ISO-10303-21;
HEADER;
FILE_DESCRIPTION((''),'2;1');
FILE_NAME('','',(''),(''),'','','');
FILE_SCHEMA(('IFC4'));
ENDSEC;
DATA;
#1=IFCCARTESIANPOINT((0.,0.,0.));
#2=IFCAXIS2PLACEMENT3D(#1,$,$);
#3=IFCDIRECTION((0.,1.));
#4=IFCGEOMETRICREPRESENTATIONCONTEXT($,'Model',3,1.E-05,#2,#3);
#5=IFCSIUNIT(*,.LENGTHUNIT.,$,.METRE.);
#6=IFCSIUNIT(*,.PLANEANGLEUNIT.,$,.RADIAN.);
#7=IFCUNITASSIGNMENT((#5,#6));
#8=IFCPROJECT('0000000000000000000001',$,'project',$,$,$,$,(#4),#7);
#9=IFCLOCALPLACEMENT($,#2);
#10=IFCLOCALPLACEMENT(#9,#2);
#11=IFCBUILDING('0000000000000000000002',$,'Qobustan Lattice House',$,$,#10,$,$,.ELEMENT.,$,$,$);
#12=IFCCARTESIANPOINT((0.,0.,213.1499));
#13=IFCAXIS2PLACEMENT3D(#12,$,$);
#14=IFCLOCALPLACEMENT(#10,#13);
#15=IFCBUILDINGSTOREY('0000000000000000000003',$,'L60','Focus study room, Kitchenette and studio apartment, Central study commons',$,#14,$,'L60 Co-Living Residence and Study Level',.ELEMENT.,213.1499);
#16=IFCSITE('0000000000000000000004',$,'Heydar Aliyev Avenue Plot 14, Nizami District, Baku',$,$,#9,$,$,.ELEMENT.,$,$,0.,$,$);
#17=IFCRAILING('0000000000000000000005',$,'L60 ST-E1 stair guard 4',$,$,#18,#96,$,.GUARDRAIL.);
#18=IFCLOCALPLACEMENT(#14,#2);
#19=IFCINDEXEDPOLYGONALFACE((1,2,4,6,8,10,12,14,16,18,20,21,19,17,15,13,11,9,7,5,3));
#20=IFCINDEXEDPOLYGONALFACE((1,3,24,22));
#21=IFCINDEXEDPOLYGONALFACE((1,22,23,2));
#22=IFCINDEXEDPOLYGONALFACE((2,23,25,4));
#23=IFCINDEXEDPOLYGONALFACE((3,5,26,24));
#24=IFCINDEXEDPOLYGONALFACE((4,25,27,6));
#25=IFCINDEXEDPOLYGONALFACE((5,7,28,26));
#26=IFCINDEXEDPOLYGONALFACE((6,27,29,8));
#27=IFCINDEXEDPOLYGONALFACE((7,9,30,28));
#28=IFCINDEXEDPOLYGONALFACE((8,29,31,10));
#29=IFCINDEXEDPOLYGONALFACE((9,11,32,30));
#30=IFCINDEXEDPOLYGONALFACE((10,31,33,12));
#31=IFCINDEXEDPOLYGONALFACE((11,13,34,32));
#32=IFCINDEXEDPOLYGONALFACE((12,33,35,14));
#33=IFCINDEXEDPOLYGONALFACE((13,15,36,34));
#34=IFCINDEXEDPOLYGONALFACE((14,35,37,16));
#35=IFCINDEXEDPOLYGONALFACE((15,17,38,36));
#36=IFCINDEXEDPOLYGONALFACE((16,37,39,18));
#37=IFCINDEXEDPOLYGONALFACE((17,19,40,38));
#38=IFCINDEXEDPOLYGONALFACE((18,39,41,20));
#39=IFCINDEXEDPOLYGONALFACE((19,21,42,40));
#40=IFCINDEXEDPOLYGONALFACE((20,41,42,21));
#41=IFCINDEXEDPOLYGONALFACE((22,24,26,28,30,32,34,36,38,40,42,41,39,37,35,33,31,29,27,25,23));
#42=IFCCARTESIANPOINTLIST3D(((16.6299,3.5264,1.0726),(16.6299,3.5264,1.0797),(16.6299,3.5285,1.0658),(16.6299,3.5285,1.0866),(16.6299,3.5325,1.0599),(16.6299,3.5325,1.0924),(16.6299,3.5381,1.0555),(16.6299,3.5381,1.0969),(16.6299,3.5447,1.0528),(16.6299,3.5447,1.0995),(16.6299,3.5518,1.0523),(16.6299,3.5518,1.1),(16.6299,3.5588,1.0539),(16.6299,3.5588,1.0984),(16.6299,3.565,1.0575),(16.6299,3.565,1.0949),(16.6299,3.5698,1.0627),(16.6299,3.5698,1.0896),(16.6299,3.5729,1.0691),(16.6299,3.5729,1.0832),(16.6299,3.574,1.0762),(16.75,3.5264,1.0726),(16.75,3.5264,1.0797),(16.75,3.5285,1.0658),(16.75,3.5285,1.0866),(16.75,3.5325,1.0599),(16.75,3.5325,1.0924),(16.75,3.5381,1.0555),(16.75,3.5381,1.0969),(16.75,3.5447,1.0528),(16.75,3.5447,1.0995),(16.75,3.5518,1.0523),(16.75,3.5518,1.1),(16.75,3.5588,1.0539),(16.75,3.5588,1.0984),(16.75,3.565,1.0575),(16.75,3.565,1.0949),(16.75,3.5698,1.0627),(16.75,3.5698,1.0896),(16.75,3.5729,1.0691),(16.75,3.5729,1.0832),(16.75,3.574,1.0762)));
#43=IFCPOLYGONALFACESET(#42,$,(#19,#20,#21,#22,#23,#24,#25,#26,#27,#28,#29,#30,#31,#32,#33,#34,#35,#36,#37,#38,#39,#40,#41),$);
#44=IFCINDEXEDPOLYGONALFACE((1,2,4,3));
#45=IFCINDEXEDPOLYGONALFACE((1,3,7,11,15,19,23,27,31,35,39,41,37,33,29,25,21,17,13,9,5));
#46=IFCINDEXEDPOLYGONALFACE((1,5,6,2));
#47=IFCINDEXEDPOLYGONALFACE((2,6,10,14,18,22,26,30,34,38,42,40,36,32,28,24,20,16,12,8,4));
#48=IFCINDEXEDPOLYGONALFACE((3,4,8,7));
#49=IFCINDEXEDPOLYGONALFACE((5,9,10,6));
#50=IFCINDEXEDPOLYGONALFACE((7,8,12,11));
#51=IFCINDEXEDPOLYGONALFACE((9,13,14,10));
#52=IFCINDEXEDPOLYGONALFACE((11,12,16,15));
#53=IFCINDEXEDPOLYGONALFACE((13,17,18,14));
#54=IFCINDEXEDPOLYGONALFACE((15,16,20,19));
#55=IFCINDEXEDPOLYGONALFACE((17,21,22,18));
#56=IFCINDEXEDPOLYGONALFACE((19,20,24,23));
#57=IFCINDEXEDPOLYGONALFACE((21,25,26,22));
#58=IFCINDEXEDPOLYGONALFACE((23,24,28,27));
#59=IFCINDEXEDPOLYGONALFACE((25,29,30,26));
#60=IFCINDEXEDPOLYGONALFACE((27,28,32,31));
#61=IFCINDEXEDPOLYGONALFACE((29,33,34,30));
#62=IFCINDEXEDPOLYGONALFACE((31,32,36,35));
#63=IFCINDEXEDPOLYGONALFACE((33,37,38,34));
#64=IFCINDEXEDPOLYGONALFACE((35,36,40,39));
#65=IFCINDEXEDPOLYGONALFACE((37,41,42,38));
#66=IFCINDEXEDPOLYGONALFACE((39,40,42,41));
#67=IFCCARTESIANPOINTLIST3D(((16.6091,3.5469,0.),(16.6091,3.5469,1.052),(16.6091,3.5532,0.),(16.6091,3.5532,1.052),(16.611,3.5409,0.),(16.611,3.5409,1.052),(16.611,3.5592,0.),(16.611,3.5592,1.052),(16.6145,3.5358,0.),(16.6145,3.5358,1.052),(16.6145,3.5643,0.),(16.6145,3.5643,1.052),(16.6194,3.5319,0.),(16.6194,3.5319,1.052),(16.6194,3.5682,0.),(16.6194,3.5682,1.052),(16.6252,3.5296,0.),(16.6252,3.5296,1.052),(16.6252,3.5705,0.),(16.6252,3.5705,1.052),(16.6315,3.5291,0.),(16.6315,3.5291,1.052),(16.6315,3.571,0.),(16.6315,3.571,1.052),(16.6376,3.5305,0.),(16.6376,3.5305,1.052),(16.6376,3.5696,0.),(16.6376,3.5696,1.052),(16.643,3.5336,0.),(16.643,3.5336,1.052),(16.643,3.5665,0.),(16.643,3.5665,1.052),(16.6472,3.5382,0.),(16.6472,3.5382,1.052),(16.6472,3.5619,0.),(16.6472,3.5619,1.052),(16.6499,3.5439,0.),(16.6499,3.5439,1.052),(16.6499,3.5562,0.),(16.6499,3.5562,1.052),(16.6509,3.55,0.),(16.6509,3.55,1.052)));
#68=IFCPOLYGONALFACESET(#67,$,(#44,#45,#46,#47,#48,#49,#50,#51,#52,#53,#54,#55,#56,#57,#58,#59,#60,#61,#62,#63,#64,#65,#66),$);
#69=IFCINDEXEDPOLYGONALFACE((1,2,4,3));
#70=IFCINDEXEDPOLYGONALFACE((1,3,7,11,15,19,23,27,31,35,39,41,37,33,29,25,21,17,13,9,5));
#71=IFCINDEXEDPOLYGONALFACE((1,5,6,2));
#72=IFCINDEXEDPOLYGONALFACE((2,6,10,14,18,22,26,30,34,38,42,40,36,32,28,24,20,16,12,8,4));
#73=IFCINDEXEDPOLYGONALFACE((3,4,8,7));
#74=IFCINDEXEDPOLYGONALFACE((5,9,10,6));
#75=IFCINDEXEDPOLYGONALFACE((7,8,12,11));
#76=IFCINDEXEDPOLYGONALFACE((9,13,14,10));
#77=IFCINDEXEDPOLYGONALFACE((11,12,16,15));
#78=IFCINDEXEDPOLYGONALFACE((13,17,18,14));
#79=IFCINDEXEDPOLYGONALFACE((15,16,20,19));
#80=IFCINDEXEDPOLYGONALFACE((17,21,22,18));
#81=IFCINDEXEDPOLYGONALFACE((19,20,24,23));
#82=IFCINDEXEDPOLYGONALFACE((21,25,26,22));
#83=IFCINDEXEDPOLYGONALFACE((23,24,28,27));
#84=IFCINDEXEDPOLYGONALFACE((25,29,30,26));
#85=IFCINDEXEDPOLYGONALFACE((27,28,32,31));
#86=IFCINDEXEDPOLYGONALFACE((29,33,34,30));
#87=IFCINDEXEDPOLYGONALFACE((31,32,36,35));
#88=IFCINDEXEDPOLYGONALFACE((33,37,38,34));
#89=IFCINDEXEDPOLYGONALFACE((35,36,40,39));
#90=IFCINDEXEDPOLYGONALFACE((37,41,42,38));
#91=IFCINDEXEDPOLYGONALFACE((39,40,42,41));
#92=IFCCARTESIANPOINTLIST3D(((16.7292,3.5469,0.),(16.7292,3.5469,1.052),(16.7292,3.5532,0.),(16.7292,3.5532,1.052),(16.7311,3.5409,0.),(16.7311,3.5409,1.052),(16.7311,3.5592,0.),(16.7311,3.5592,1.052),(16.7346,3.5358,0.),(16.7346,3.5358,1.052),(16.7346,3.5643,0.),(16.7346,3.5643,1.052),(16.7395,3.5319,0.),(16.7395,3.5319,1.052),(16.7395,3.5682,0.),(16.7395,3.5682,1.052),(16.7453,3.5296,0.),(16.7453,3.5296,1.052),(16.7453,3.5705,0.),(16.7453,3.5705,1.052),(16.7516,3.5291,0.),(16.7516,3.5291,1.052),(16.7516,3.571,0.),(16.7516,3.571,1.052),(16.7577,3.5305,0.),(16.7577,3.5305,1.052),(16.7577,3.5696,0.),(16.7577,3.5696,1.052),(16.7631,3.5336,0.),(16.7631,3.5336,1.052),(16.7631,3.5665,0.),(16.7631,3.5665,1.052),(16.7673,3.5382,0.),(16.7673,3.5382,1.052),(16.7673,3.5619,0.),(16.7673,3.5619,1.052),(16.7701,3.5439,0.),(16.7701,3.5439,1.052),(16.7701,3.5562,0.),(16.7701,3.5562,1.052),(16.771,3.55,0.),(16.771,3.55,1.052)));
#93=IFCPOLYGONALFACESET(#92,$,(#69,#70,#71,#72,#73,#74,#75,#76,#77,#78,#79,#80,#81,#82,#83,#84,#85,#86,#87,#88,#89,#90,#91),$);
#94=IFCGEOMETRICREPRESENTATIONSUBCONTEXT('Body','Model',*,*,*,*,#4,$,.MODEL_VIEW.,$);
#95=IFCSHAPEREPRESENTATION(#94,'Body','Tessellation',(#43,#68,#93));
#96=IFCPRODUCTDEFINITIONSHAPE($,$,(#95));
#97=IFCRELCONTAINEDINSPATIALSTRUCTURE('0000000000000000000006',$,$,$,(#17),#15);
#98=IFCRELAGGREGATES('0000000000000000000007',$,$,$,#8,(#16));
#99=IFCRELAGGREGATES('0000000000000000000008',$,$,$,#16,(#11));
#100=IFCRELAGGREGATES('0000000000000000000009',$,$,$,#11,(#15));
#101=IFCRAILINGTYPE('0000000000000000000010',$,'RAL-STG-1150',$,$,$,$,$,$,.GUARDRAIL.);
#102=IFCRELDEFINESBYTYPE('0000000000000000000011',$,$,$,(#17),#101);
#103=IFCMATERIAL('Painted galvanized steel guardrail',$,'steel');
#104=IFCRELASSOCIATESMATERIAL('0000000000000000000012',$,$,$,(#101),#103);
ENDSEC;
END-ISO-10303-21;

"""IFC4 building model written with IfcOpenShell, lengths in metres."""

from ifc_helpers import new_model, si_unit, direction, frame, origin, origin_2d, place, context, subcontext, project, spatial, circle, extrude, material, type_object, element, save


model = new_model("IFC4")

# Units and contexts
model_context = context("Model", 3, precision=1e-05, world=origin(), true_north=direction((0.0, 1.0)))
body_context = subcontext(model_context, "Body", "Model", "MODEL_VIEW")
ifc_project = project(units=[si_unit("LENGTHUNIT", "METRE"), si_unit("PLANEANGLEUNIT", "RADIAN")], contexts=[model_context])

# Site, building, storey
site_placement = place(None, origin())
site = spatial("IfcSite", under=ifc_project, at=site_placement, Name="Heydar Aliyev Avenue Plot 14, Nizami District, Baku", CompositionType="ELEMENT", RefElevation=0.0)
building_placement = place(site_placement, origin())
building = spatial("IfcBuilding", under=site, at=building_placement, Name="Qobustan Lattice House", CompositionType="ELEMENT")
storey_placement = place(building_placement, frame((0.0, 0.0, 213.1499)))
storey = spatial("IfcBuildingStorey", under=building, at=storey_placement, Name="L60", Description="Focus study room, Kitchenette and studio apartment, Central study commons", LongName="L60 Co-Living Residence and Study Level", CompositionType="ELEMENT", Elevation=213.1499)

# Railing
ifc_material_1 = material(Name="Painted galvanized steel guardrail", Category="steel")
railing_type_1 = type_object("IfcRailingType", Name="RAL-STG-1150", PredefinedType="GUARDRAIL", material=ifc_material_1)
railing_1_placement = place(storey_placement, frame((16.6299, 3.55, 0.0)))
element("IfcRailing", 1, at=railing_1_placement, inside=storey, type_object=railing_type_1, Name="L60 ST-E1 stair guard 4", PredefinedType="GUARDRAIL", context=body_context, shape_type="SweptSolid", body=[
    extrude(circle(Radius=0.0239, at=origin_2d()), frame((0.0, 0.0, 1.0762), z_axis=(1.0, 0.0, 0.0), x_axis=(0.0, 1.0, 0.0)), (0.0, 0.0, 1.0), 0.1201),
    extrude(circle(Radius=0.021, at=origin_2d()), origin(), (0.0, 0.0, 1.0), 1.052),
    extrude(circle(Radius=0.021, at=origin_2d()), frame((0.1201, 0.0, 0.0)), (0.0, 0.0, 1.0), 1.052),
])

save(model, "model.ifc")
